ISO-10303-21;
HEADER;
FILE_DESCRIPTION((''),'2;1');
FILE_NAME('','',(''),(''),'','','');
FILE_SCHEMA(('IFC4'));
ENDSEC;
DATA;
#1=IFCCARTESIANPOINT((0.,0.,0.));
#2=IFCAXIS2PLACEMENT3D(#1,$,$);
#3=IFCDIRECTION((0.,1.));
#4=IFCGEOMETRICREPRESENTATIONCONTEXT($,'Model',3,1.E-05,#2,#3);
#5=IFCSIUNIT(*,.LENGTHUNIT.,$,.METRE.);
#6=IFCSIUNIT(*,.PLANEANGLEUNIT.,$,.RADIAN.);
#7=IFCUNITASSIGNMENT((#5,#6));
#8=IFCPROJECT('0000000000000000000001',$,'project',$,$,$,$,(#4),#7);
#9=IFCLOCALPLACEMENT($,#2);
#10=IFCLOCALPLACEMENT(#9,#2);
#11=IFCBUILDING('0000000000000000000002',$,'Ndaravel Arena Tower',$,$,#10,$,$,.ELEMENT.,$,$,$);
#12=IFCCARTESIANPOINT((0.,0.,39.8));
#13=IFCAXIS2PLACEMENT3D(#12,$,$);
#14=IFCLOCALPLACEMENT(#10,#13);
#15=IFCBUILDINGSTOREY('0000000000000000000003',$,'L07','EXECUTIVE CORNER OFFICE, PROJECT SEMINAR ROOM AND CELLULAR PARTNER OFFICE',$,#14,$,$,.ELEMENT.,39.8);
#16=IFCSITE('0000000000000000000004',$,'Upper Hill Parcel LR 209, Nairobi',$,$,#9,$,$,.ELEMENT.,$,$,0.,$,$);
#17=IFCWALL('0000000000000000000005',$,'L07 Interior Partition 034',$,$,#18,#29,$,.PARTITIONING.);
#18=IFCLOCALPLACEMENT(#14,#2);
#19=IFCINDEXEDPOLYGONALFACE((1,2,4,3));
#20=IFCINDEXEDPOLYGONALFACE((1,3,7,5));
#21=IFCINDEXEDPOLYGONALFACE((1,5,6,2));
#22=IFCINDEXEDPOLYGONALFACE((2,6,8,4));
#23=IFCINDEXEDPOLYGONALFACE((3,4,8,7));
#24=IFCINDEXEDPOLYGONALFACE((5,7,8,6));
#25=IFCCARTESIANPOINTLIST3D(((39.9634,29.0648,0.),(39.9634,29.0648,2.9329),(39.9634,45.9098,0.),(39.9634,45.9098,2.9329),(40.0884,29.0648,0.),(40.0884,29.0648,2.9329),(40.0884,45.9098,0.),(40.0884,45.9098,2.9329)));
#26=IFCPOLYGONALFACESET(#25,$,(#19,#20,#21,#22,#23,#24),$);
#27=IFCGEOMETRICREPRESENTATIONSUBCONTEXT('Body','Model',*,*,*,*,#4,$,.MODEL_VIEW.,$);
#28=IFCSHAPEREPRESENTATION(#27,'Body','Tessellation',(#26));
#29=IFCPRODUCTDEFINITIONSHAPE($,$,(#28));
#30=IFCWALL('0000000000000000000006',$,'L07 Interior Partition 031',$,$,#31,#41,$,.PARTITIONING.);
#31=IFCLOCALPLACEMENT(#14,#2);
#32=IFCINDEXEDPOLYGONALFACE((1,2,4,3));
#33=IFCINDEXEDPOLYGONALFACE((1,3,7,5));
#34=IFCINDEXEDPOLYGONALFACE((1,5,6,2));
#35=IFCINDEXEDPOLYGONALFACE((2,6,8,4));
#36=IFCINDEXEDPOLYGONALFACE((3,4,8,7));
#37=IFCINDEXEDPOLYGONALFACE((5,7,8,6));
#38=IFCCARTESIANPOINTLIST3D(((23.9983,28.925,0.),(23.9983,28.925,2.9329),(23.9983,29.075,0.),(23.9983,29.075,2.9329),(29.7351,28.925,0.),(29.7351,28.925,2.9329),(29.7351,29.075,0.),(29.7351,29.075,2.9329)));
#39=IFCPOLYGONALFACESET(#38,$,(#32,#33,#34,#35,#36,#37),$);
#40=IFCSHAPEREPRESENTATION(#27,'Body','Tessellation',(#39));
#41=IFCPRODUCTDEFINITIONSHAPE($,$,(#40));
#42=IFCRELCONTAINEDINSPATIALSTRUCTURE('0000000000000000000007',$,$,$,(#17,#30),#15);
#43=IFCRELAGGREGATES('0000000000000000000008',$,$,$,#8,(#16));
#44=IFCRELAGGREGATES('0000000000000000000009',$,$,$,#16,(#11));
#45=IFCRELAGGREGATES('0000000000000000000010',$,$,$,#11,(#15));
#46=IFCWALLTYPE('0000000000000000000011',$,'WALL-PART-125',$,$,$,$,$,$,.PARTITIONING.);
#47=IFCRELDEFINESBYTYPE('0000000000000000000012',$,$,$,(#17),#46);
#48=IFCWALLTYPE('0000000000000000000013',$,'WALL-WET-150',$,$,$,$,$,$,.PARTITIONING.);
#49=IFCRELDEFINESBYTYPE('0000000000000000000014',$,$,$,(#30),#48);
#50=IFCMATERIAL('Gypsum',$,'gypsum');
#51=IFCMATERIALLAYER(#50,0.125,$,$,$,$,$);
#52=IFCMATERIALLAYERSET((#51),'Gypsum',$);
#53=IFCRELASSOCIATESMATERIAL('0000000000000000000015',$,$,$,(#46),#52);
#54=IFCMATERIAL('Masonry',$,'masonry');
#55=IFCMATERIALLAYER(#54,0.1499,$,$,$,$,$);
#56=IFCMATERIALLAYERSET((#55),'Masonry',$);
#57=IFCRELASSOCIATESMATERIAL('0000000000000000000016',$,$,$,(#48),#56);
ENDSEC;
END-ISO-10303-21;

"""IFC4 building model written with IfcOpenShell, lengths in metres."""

from ifc_helpers import new_model, si_unit, direction, frame, frame_2d, origin, place, context, subcontext, project, spatial, rectangle, extrude, material, layer, layer_set, type_object, element, save


model = new_model("IFC4")

# Units and contexts
model_context = context("Model", 3, precision=1e-05, world=origin(), true_north=direction((0.0, 1.0)))
body_context = subcontext(model_context, "Body", "Model", "MODEL_VIEW")
ifc_project = project(units=[si_unit("LENGTHUNIT", "METRE"), si_unit("PLANEANGLEUNIT", "RADIAN")], contexts=[model_context])

# Site, building, storey
site_placement = place(None, origin())
site = spatial("IfcSite", under=ifc_project, at=site_placement, Name="Upper Hill Parcel LR 209, Nairobi", CompositionType="ELEMENT", RefElevation=0.0)
building_placement = place(site_placement, origin())
building = spatial("IfcBuilding", under=site, at=building_placement, Name="Ndaravel Arena Tower", CompositionType="ELEMENT")
storey_placement = place(building_placement, frame((0.0, 0.0, 39.8)))
storey = spatial("IfcBuildingStorey", under=building, at=storey_placement, Name="L07", Description="EXECUTIVE CORNER OFFICE, PROJECT SEMINAR ROOM AND CELLULAR PARTNER OFFICE", CompositionType="ELEMENT", Elevation=39.8)

# Shared definitions
ifc_material_1 = material(Name="Gypsum", Category="gypsum")
ifc_layer_1 = layer(ifc_material_1, 0.125)
ifc_layer_set_1 = layer_set([ifc_layer_1], Name="Gypsum")
wall_type_1 = type_object("IfcWallType", Name="WALL-PART-125", PredefinedType="PARTITIONING", material=ifc_layer_set_1)

# Walls
wall_1_placement = place(storey_placement, frame((40.0259, 29.0649, 0.0), z_axis=(0.0, 0.0, 1.0), x_axis=(0.0, 1.0, 0.0)))
element("IfcWall", 1, at=wall_1_placement, inside=storey, type_object=wall_type_1, Name="L07 Interior Partition 034", PredefinedType="PARTITIONING", context=body_context, shape_type="SweptSolid", body=[
    extrude(rectangle(XDim=16.845, YDim=0.125, at=frame_2d((8.4224, 0.0))), origin(), (0.0, 0.0, 1.0), 2.9329),
])
ifc_material_2 = material(Name="Masonry", Category="masonry")
ifc_layer_2 = layer(ifc_material_2, 0.1499)
ifc_layer_set_2 = layer_set([ifc_layer_2], Name="Masonry")
wall_type_2 = type_object("IfcWallType", Name="WALL-WET-150", PredefinedType="PARTITIONING", material=ifc_layer_set_2)
wall_2_placement = place(storey_placement, frame((23.9983, 29.0, 0.0), z_axis=(0.0, 0.0, 1.0), x_axis=(1.0, 0.0, 0.0)))
element("IfcWall", 2, at=wall_2_placement, inside=storey, type_object=wall_type_2, Name="L07 Interior Partition 031", PredefinedType="PARTITIONING", context=body_context, shape_type="SweptSolid", body=[
    extrude(rectangle(XDim=5.7368, YDim=0.1499, at=frame_2d((2.8684, 0.0))), origin(), (0.0, 0.0, 1.0), 2.9329),
])

save(model, "model.ifc")
